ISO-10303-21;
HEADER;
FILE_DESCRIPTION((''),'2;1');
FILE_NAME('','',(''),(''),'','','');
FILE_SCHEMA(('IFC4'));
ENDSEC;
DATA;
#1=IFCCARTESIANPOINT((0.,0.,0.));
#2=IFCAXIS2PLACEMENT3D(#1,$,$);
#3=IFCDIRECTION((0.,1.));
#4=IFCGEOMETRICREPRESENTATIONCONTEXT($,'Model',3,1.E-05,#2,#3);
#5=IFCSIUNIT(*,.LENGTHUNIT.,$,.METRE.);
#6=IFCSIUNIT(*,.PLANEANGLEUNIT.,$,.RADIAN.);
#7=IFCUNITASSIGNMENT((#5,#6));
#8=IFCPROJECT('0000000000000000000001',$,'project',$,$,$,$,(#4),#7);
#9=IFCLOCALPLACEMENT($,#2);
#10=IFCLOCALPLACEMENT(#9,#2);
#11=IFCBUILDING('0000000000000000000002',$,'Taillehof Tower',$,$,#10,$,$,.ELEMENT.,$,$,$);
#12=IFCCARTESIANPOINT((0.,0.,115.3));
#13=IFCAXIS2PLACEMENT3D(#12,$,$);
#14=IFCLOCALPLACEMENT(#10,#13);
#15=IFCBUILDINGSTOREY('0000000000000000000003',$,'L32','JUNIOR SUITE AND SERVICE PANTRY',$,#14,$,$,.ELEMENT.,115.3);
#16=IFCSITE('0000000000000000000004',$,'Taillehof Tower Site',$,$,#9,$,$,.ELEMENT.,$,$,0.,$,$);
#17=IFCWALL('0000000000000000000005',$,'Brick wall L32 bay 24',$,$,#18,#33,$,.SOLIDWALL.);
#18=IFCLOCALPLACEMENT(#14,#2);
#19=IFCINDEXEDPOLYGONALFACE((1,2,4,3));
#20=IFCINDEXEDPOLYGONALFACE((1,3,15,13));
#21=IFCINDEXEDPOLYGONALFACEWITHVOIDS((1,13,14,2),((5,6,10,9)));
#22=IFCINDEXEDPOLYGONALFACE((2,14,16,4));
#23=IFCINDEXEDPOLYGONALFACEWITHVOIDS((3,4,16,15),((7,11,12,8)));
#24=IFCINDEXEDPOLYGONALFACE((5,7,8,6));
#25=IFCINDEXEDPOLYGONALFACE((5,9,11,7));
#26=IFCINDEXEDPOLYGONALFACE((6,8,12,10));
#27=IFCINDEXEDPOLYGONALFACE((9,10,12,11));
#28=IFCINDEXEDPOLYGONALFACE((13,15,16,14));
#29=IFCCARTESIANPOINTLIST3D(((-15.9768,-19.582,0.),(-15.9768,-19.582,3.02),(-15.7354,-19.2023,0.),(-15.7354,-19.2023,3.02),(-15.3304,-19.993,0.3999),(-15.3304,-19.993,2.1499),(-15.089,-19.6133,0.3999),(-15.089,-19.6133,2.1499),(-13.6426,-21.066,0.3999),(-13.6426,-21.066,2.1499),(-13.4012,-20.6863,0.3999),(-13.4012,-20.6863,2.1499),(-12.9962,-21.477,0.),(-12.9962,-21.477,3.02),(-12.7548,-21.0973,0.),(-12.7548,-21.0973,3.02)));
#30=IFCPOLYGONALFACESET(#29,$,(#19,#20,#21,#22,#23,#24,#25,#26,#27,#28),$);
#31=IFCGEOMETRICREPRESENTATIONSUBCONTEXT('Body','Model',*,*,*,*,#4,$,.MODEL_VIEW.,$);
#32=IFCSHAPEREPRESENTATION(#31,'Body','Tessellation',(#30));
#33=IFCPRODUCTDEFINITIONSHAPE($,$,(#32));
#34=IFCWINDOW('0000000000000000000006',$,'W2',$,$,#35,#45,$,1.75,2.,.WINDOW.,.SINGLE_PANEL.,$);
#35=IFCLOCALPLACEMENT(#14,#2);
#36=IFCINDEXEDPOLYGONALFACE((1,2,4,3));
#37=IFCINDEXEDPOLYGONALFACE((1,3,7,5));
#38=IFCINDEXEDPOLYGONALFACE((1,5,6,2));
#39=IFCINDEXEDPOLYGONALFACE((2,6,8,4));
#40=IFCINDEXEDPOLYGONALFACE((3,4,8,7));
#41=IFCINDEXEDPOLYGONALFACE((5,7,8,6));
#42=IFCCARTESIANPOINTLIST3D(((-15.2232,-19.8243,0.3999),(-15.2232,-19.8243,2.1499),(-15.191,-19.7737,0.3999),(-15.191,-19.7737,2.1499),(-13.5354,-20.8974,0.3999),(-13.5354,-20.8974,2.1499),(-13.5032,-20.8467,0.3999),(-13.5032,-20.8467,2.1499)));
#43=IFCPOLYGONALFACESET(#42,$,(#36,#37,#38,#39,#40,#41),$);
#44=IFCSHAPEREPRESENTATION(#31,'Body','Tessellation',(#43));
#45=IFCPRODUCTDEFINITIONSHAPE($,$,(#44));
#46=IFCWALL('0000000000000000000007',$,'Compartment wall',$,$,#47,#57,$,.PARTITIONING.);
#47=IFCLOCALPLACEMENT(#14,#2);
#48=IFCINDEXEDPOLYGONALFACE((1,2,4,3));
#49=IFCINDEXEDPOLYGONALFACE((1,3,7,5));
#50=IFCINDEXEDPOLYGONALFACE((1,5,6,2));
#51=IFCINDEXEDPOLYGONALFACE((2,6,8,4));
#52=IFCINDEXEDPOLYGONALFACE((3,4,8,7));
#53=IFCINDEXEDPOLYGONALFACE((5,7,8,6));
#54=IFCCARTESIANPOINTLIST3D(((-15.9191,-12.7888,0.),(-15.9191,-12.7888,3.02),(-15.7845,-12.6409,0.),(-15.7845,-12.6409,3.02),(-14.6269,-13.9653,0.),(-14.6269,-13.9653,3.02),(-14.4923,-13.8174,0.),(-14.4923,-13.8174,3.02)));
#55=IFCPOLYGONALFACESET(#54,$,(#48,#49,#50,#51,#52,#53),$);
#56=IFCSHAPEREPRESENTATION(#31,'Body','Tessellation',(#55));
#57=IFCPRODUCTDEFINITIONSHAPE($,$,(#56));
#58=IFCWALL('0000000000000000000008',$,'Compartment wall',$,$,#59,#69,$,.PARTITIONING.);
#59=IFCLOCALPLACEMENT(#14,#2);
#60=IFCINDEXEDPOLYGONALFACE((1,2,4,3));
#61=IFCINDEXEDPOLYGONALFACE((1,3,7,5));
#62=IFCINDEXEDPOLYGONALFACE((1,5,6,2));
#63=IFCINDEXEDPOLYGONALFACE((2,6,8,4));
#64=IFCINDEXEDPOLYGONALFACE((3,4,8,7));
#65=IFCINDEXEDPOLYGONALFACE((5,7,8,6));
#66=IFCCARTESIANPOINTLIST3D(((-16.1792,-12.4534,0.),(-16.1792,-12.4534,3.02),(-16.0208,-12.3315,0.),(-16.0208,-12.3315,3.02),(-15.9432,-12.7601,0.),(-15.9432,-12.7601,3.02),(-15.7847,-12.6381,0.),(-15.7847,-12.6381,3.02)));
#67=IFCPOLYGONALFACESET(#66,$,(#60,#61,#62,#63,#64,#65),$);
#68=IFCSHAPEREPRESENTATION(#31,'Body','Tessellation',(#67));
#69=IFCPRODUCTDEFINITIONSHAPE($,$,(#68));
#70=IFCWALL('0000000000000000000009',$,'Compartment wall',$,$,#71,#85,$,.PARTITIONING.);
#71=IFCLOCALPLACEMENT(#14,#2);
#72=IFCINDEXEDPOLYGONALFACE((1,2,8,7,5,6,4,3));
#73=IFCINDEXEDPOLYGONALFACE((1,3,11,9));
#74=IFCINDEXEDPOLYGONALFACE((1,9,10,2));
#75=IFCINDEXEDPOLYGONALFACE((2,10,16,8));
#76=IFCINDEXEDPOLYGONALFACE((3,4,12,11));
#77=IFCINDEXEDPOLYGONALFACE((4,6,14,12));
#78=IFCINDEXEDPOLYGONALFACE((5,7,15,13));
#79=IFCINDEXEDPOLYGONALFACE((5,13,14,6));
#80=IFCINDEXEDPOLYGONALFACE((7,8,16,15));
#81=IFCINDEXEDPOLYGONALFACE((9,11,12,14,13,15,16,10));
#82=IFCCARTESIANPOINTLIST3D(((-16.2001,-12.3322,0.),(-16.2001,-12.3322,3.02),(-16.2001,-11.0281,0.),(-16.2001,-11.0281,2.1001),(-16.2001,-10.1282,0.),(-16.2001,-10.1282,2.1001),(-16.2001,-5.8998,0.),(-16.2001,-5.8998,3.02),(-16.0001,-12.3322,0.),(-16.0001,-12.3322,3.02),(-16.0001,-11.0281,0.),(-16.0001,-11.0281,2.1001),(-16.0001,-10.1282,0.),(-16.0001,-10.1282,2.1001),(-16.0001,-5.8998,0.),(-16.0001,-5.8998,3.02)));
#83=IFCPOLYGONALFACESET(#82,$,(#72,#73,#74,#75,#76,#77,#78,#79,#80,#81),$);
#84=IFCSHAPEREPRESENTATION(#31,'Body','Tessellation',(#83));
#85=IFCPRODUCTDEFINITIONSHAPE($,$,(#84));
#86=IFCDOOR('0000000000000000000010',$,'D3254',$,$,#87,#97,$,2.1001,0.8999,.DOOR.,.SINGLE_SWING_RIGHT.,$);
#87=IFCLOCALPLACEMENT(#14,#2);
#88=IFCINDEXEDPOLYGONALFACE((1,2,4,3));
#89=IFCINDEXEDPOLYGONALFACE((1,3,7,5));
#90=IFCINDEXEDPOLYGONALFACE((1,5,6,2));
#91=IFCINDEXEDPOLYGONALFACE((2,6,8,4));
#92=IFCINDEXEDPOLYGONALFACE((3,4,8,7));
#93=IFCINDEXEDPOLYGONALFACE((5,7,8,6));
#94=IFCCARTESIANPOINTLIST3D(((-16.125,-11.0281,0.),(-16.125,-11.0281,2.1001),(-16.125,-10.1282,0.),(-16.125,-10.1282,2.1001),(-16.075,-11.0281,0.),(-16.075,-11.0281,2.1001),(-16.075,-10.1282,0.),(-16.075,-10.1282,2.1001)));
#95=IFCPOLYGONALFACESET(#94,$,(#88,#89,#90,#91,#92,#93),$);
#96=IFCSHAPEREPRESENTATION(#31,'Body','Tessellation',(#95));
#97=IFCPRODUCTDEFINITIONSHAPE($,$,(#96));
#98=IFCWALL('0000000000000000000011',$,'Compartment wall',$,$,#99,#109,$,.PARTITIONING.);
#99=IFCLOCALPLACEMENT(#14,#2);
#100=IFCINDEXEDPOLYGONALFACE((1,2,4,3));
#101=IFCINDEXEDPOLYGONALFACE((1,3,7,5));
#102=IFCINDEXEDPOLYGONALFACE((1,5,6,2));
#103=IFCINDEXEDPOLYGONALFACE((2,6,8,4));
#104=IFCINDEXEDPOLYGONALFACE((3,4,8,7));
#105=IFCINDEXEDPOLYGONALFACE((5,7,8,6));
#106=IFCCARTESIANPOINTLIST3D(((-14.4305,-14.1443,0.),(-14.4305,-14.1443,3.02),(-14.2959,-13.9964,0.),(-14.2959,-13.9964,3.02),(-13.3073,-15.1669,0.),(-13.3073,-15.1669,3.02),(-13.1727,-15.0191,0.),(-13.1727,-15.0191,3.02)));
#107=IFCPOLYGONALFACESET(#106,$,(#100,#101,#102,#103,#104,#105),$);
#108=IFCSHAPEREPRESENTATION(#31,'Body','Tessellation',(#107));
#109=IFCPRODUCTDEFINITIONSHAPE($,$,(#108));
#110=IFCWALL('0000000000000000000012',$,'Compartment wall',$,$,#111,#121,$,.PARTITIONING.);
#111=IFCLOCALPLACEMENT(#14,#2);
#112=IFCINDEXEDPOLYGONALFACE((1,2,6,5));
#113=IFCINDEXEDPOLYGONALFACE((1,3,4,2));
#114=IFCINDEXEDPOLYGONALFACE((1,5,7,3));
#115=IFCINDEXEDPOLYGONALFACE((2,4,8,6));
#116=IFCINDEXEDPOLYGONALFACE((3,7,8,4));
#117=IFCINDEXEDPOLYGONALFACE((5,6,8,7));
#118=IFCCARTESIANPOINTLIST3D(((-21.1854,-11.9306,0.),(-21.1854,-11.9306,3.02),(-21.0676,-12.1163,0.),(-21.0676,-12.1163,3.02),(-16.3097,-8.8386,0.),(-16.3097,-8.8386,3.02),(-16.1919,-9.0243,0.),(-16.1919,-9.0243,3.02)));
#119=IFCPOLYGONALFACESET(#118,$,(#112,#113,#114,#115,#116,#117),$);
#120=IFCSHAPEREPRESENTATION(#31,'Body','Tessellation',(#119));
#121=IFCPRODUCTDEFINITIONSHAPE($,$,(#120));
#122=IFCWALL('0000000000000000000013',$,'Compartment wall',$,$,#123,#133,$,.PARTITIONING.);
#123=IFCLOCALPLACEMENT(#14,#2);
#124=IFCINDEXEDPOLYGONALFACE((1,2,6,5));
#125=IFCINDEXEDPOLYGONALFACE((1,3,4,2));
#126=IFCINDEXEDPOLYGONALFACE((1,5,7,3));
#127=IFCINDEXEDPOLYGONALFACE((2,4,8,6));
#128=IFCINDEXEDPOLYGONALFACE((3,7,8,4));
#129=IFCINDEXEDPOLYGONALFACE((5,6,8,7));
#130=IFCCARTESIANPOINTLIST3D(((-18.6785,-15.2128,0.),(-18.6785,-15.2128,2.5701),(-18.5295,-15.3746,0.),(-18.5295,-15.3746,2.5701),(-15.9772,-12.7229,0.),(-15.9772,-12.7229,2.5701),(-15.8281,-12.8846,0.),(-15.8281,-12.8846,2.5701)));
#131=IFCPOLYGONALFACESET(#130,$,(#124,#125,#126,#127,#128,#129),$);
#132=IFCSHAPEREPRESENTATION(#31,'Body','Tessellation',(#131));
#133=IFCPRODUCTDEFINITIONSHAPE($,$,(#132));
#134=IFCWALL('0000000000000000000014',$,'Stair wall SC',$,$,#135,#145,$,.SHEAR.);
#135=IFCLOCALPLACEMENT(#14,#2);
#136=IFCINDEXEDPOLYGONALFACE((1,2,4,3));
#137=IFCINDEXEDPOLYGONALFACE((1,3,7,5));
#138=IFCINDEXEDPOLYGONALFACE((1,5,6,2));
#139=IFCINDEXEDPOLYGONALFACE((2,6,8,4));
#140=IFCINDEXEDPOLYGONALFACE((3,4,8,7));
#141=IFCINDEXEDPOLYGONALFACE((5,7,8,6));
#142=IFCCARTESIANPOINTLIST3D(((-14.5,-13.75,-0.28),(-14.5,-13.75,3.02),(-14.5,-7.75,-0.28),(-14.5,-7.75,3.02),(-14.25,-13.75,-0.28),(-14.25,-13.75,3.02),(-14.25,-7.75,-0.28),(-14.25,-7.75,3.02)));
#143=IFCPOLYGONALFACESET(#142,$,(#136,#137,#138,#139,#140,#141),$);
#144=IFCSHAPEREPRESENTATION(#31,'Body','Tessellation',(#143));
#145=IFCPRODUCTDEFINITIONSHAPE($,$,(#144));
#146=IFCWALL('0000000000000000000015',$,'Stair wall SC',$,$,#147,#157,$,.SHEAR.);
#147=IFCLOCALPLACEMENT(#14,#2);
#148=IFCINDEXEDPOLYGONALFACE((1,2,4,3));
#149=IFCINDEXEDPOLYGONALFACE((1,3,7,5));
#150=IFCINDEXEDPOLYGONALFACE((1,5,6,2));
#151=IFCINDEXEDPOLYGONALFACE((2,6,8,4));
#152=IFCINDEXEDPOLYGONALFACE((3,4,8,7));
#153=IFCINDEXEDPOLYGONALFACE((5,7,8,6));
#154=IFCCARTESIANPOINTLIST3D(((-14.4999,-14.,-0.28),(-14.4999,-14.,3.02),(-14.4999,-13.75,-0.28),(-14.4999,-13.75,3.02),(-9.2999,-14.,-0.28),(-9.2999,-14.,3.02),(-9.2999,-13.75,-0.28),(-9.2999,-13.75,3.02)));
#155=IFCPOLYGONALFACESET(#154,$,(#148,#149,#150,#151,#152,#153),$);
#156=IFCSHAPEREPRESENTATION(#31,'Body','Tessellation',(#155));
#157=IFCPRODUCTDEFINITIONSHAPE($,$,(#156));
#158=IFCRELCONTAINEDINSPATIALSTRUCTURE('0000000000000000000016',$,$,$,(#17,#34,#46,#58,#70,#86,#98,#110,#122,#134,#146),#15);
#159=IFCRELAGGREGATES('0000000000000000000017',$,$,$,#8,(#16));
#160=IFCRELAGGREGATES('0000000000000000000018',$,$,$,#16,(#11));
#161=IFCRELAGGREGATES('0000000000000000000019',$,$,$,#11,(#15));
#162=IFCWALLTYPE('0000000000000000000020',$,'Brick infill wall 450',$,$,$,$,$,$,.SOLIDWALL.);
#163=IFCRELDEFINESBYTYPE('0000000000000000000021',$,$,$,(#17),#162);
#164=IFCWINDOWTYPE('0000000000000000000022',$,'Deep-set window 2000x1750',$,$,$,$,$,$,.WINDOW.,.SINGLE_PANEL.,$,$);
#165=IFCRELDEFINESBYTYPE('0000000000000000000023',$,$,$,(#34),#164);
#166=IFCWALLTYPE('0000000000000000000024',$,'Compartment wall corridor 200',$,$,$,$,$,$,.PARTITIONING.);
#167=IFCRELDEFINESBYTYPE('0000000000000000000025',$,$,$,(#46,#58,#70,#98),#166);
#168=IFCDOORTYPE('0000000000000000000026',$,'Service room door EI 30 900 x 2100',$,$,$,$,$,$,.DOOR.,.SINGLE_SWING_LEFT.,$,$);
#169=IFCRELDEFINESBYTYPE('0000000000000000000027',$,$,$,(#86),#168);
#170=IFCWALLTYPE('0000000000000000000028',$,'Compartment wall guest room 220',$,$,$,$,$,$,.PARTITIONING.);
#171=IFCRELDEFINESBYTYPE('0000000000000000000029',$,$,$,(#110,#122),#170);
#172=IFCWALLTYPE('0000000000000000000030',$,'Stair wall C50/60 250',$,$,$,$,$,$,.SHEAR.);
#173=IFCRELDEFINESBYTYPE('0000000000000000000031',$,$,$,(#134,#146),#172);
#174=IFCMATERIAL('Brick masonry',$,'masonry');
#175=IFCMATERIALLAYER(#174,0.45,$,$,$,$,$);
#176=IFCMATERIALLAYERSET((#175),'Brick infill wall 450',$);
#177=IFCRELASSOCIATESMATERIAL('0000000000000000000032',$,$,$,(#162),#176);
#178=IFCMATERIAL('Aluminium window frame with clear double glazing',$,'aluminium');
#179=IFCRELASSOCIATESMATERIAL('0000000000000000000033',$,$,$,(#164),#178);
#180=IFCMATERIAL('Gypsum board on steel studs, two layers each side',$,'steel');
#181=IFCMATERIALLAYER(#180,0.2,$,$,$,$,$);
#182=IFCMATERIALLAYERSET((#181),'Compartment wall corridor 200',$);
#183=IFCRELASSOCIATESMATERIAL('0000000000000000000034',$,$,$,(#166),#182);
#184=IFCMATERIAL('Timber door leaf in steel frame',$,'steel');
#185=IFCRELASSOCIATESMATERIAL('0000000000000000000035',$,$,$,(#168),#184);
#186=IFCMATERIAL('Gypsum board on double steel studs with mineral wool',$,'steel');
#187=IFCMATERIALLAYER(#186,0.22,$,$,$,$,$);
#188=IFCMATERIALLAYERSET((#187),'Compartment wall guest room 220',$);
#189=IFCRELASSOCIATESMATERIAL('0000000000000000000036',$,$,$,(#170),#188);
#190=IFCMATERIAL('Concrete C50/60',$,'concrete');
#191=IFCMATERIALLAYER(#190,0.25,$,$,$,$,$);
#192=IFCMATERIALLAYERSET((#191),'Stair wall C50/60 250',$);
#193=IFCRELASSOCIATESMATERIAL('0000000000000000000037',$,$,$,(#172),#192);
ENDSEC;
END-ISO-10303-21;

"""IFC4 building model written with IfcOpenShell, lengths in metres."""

from ifc_helpers import new_model, si_unit, direction, frame, frame_2d, origin, place, context, subcontext, project, spatial, rectangle, extrude, material, layer, layer_set, type_object, element, fill, save


model = new_model("IFC4")

# Units and contexts
model_context = context("Model", 3, precision=1e-05, world=origin(), true_north=direction((0.0, 1.0)))
body_context = subcontext(model_context, "Body", "Model", "MODEL_VIEW")
ifc_project = project(units=[si_unit("LENGTHUNIT", "METRE"), si_unit("PLANEANGLEUNIT", "RADIAN")], contexts=[model_context])

# Site, building, storey
site_placement = place(None, origin())
site = spatial("IfcSite", under=ifc_project, at=site_placement, Name="Taillehof Tower Site", CompositionType="ELEMENT", RefElevation=0.0)
building_placement = place(site_placement, origin())
building = spatial("IfcBuilding", under=site, at=building_placement, Name="Taillehof Tower", CompositionType="ELEMENT")
storey_placement = place(building_placement, frame((0.0, 0.0, 115.3)))
storey = spatial("IfcBuildingStorey", under=building, at=storey_placement, Name="L32", Description="JUNIOR SUITE AND SERVICE PANTRY", CompositionType="ELEMENT", Elevation=115.3)

# Wall, opening, window
ifc_material_1 = material(Name="Brick masonry", Category="masonry")
ifc_layer_1 = layer(ifc_material_1, 0.45)
ifc_layer_set_1 = layer_set([ifc_layer_1], Name="Brick infill wall 450")
wall_type_1 = type_object("IfcWallType", Name="Brick infill wall 450", PredefinedType="SOLIDWALL", material=ifc_layer_set_1)
ifc_material_2 = material(Name="Aluminium window frame with clear double glazing", Category="aluminium")
window_type = type_object("IfcWindowType", Name="Deep-set window 2000x1750", PartitioningType="SINGLE_PANEL", PredefinedType="WINDOW", material=ifc_material_2)
wall_1_placement = place(storey_placement, frame((-15.8562, -19.3921, 0.0), z_axis=(0.0, 0.0, 1.0), x_axis=(0.843892, -0.536513, 0.0)))
wall_1 = element("IfcWall", 1, at=wall_1_placement, inside=storey, type_object=wall_type_1, Name="Brick wall L32 bay 24", PredefinedType="SOLIDWALL", context=body_context, shape_type="SweptSolid", body=[
    extrude(rectangle(XDim=3.532, YDim=0.45, at=frame_2d((1.7661, 0.0))), origin(), (0.0, 0.0, 1.0), 3.02),
])
opening_1_placement = place(wall_1_placement, frame((0.7661, 0.0, 0.3999)))
opening_1 = element("IfcOpeningElement", 2, at=opening_1_placement, cuts=wall_1, PredefinedType="OPENING", context=body_context, shape_type="SweptSolid", body=[
    extrude(rectangle(XDim=2.0, YDim=1.75, at=frame_2d((1.0, 0.875))), frame((0.0, 0.2349, 0.0), z_axis=(0.0, -1.0, 0.0), x_axis=(1.0, 0.0, 0.0)), (0.0, 0.0, 1.0), 0.47),
])
window_1_placement = place(opening_1_placement, origin())
window_1 = element("IfcWindow", 3, at=window_1_placement, inside=storey, type_object=window_type, Name="W2", OverallHeight=1.75, OverallWidth=2.0, PartitioningType="SINGLE_PANEL", PredefinedType="WINDOW", context=body_context, shape_type="SweptSolid", body=[
    extrude(rectangle(XDim=2.0, YDim=1.75, at=frame_2d((1.0, 0.875))), frame((0.0, 0.0349, 0.0), z_axis=(0.0, -1.0, 0.0), x_axis=(1.0, 0.0, 0.0)), (0.0, 0.0, 1.0), 0.0601),
])
fill(opening_1, window_1)

# Walls
ifc_material_3 = material(Name="Gypsum board on steel studs, two layers each side", Category="steel")
ifc_layer_2 = layer(ifc_material_3, 0.2)
ifc_layer_set_2 = layer_set([ifc_layer_2], Name="Compartment wall corridor 200")
wall_type_2 = type_object("IfcWallType", Name="Compartment wall corridor 200", PredefinedType="PARTITIONING", material=ifc_layer_set_2)
wall_2_placement = place(storey_placement, frame((-14.5596, -13.8914, 0.0), z_axis=(0.0, 0.0, 1.0), x_axis=(-0.73944, 0.673222, 0.0)))
element("IfcWall", 4, at=wall_2_placement, inside=storey, type_object=wall_type_2, Name="Compartment wall", PredefinedType="PARTITIONING", context=body_context, shape_type="SweptSolid", body=[
    extrude(rectangle(XDim=1.7476, YDim=0.2, at=frame_2d((0.8738, 0.0))), origin(), (0.0, 0.0, 1.0), 3.02),
])
wall_3_placement = place(storey_placement, frame((-15.864, -12.699, 0.0), z_axis=(0.0, 0.0, 1.0), x_axis=(-0.610046, 0.792366, 0.0)))
element("IfcWall", 5, at=wall_3_placement, inside=storey, type_object=wall_type_2, Name="Compartment wall", PredefinedType="PARTITIONING", context=body_context, shape_type="SweptSolid", body=[
    extrude(rectangle(XDim=0.387, YDim=0.2, at=frame_2d((0.1934, 0.0))), origin(), (0.0, 0.0, 1.0), 3.02),
])

# Wall, opening, door
wall_4_placement = place(storey_placement, frame((-16.1001, -12.3323, 0.0), z_axis=(0.0, 0.0, 1.0), x_axis=(0.0, 1.0, 0.0)))
wall_4 = element("IfcWall", 6, at=wall_4_placement, inside=storey, type_object=wall_type_2, Name="Compartment wall", PredefinedType="PARTITIONING", context=body_context, shape_type="SweptSolid", body=[
    extrude(rectangle(XDim=6.4324, YDim=0.2, at=frame_2d((3.2163, 0.0))), origin(), (0.0, 0.0, 1.0), 3.02),
])
opening_2_placement = place(wall_4_placement, frame((1.3042, 0.0, 0.0)))
opening_2 = element("IfcOpeningElement", 7, at=opening_2_placement, cuts=wall_4, PredefinedType="OPENING", context=body_context, shape_type="SweptSolid", body=[
    extrude(rectangle(XDim=0.8999, YDim=2.1001, at=frame_2d((0.45, 1.05))), frame((0.0, 0.1099, 0.0), z_axis=(0.0, -1.0, 0.0), x_axis=(1.0, 0.0, 0.0)), (0.0, 0.0, 1.0), 0.22),
])
ifc_material_4 = material(Name="Timber door leaf in steel frame", Category="steel")
door_type = type_object("IfcDoorType", Name="Service room door EI 30 900 x 2100", OperationType="SINGLE_SWING_LEFT", PredefinedType="DOOR", material=ifc_material_4)
door_placement = place(opening_2_placement, origin())
door = element("IfcDoor", 8, at=door_placement, inside=storey, type_object=door_type, Name="D3254", OperationType="SINGLE_SWING_RIGHT", OverallHeight=2.1001, OverallWidth=0.8999, PredefinedType="DOOR", context=body_context, shape_type="SweptSolid", body=[
    extrude(rectangle(XDim=0.8999, YDim=2.1001, at=frame_2d((0.45, 1.05))), frame((0.0, 0.0249, 0.0), z_axis=(0.0, -1.0, 0.0), x_axis=(1.0, 0.0, 0.0)), (0.0, 0.0, 1.0), 0.05),
])
fill(opening_2, door)

# Walls
wall_5_placement = place(storey_placement, frame((-13.24, -15.093, 0.0), z_axis=(0.0, 0.0, 1.0), x_axis=(-0.739438, 0.673225, 0.0)))
element("IfcWall", 9, at=wall_5_placement, inside=storey, type_object=wall_type_2, Name="Compartment wall", PredefinedType="PARTITIONING", context=body_context, shape_type="SweptSolid", body=[
    extrude(rectangle(XDim=1.519, YDim=0.2, at=frame_2d((0.7595, 0.0))), origin(), (0.0, 0.0, 1.0), 3.02),
])
ifc_material_5 = material(Name="Gypsum board on double steel studs with mineral wool", Category="steel")
ifc_layer_3 = layer(ifc_material_5, 0.22)
ifc_layer_set_3 = layer_set([ifc_layer_3], Name="Compartment wall guest room 220")
wall_type_3 = type_object("IfcWallType", Name="Compartment wall guest room 220", PredefinedType="PARTITIONING", material=ifc_layer_set_3)
wall_6_placement = place(storey_placement, frame((-21.1265, -12.0234, 0.0), z_axis=(0.0, 0.0, 1.0), x_axis=(0.8445, 0.535556, 0.0)))
element("IfcWall", 10, at=wall_6_placement, inside=storey, type_object=wall_type_3, Name="Compartment wall", PredefinedType="PARTITIONING", context=body_context, shape_type="SweptSolid", body=[
    extrude(rectangle(XDim=5.7734, YDim=0.22, at=frame_2d((2.8867, 0.0))), origin(), (0.0, 0.0, 1.0), 3.02),
])
wall_7_placement = place(storey_placement, frame((-18.604, -15.2937, 0.0), z_axis=(0.0, 0.0, 1.0), x_axis=(0.735295, 0.677747, 0.0)))
element("IfcWall", 11, at=wall_7_placement, inside=storey, type_object=wall_type_3, Name="Compartment wall", PredefinedType="PARTITIONING", context=body_context, shape_type="SweptSolid", body=[
    extrude(rectangle(XDim=3.6738, YDim=0.22, at=frame_2d((1.8369, 0.0))), origin(), (0.0, 0.0, 1.0), 2.5701),
])
ifc_material_6 = material(Name="Concrete C50/60", Category="concrete")
ifc_layer_4 = layer(ifc_material_6, 0.25)
ifc_layer_set_4 = layer_set([ifc_layer_4], Name="Stair wall C50/60 250")
wall_type_4 = type_object("IfcWallType", Name="Stair wall C50/60 250", PredefinedType="SHEAR", material=ifc_layer_set_4)
wall_8_placement = place(storey_placement, frame((-14.375, -13.75, -0.28), z_axis=(0.0, 0.0, 1.0), x_axis=(0.0, 1.0, 0.0)))
element("IfcWall", 12, at=wall_8_placement, inside=storey, type_object=wall_type_4, Name="Stair wall SC", PredefinedType="SHEAR", context=body_context, shape_type="SweptSolid", body=[
    extrude(rectangle(XDim=6.0, YDim=0.25, at=frame_2d((3.0, 0.0))), origin(), (0.0, 0.0, 1.0), 3.3),
])
wall_9_placement = place(storey_placement, frame((-14.5, -13.875, -0.28), z_axis=(0.0, 0.0, 1.0), x_axis=(1.0, 0.0, 0.0)))
element("IfcWall", 13, at=wall_9_placement, inside=storey, type_object=wall_type_4, Name="Stair wall SC", PredefinedType="SHEAR", context=body_context, shape_type="SweptSolid", body=[
    extrude(rectangle(XDim=5.2, YDim=0.25, at=frame_2d((2.6001, 0.0))), origin(), (0.0, 0.0, 1.0), 3.3),
])

save(model, "model.ifc")
